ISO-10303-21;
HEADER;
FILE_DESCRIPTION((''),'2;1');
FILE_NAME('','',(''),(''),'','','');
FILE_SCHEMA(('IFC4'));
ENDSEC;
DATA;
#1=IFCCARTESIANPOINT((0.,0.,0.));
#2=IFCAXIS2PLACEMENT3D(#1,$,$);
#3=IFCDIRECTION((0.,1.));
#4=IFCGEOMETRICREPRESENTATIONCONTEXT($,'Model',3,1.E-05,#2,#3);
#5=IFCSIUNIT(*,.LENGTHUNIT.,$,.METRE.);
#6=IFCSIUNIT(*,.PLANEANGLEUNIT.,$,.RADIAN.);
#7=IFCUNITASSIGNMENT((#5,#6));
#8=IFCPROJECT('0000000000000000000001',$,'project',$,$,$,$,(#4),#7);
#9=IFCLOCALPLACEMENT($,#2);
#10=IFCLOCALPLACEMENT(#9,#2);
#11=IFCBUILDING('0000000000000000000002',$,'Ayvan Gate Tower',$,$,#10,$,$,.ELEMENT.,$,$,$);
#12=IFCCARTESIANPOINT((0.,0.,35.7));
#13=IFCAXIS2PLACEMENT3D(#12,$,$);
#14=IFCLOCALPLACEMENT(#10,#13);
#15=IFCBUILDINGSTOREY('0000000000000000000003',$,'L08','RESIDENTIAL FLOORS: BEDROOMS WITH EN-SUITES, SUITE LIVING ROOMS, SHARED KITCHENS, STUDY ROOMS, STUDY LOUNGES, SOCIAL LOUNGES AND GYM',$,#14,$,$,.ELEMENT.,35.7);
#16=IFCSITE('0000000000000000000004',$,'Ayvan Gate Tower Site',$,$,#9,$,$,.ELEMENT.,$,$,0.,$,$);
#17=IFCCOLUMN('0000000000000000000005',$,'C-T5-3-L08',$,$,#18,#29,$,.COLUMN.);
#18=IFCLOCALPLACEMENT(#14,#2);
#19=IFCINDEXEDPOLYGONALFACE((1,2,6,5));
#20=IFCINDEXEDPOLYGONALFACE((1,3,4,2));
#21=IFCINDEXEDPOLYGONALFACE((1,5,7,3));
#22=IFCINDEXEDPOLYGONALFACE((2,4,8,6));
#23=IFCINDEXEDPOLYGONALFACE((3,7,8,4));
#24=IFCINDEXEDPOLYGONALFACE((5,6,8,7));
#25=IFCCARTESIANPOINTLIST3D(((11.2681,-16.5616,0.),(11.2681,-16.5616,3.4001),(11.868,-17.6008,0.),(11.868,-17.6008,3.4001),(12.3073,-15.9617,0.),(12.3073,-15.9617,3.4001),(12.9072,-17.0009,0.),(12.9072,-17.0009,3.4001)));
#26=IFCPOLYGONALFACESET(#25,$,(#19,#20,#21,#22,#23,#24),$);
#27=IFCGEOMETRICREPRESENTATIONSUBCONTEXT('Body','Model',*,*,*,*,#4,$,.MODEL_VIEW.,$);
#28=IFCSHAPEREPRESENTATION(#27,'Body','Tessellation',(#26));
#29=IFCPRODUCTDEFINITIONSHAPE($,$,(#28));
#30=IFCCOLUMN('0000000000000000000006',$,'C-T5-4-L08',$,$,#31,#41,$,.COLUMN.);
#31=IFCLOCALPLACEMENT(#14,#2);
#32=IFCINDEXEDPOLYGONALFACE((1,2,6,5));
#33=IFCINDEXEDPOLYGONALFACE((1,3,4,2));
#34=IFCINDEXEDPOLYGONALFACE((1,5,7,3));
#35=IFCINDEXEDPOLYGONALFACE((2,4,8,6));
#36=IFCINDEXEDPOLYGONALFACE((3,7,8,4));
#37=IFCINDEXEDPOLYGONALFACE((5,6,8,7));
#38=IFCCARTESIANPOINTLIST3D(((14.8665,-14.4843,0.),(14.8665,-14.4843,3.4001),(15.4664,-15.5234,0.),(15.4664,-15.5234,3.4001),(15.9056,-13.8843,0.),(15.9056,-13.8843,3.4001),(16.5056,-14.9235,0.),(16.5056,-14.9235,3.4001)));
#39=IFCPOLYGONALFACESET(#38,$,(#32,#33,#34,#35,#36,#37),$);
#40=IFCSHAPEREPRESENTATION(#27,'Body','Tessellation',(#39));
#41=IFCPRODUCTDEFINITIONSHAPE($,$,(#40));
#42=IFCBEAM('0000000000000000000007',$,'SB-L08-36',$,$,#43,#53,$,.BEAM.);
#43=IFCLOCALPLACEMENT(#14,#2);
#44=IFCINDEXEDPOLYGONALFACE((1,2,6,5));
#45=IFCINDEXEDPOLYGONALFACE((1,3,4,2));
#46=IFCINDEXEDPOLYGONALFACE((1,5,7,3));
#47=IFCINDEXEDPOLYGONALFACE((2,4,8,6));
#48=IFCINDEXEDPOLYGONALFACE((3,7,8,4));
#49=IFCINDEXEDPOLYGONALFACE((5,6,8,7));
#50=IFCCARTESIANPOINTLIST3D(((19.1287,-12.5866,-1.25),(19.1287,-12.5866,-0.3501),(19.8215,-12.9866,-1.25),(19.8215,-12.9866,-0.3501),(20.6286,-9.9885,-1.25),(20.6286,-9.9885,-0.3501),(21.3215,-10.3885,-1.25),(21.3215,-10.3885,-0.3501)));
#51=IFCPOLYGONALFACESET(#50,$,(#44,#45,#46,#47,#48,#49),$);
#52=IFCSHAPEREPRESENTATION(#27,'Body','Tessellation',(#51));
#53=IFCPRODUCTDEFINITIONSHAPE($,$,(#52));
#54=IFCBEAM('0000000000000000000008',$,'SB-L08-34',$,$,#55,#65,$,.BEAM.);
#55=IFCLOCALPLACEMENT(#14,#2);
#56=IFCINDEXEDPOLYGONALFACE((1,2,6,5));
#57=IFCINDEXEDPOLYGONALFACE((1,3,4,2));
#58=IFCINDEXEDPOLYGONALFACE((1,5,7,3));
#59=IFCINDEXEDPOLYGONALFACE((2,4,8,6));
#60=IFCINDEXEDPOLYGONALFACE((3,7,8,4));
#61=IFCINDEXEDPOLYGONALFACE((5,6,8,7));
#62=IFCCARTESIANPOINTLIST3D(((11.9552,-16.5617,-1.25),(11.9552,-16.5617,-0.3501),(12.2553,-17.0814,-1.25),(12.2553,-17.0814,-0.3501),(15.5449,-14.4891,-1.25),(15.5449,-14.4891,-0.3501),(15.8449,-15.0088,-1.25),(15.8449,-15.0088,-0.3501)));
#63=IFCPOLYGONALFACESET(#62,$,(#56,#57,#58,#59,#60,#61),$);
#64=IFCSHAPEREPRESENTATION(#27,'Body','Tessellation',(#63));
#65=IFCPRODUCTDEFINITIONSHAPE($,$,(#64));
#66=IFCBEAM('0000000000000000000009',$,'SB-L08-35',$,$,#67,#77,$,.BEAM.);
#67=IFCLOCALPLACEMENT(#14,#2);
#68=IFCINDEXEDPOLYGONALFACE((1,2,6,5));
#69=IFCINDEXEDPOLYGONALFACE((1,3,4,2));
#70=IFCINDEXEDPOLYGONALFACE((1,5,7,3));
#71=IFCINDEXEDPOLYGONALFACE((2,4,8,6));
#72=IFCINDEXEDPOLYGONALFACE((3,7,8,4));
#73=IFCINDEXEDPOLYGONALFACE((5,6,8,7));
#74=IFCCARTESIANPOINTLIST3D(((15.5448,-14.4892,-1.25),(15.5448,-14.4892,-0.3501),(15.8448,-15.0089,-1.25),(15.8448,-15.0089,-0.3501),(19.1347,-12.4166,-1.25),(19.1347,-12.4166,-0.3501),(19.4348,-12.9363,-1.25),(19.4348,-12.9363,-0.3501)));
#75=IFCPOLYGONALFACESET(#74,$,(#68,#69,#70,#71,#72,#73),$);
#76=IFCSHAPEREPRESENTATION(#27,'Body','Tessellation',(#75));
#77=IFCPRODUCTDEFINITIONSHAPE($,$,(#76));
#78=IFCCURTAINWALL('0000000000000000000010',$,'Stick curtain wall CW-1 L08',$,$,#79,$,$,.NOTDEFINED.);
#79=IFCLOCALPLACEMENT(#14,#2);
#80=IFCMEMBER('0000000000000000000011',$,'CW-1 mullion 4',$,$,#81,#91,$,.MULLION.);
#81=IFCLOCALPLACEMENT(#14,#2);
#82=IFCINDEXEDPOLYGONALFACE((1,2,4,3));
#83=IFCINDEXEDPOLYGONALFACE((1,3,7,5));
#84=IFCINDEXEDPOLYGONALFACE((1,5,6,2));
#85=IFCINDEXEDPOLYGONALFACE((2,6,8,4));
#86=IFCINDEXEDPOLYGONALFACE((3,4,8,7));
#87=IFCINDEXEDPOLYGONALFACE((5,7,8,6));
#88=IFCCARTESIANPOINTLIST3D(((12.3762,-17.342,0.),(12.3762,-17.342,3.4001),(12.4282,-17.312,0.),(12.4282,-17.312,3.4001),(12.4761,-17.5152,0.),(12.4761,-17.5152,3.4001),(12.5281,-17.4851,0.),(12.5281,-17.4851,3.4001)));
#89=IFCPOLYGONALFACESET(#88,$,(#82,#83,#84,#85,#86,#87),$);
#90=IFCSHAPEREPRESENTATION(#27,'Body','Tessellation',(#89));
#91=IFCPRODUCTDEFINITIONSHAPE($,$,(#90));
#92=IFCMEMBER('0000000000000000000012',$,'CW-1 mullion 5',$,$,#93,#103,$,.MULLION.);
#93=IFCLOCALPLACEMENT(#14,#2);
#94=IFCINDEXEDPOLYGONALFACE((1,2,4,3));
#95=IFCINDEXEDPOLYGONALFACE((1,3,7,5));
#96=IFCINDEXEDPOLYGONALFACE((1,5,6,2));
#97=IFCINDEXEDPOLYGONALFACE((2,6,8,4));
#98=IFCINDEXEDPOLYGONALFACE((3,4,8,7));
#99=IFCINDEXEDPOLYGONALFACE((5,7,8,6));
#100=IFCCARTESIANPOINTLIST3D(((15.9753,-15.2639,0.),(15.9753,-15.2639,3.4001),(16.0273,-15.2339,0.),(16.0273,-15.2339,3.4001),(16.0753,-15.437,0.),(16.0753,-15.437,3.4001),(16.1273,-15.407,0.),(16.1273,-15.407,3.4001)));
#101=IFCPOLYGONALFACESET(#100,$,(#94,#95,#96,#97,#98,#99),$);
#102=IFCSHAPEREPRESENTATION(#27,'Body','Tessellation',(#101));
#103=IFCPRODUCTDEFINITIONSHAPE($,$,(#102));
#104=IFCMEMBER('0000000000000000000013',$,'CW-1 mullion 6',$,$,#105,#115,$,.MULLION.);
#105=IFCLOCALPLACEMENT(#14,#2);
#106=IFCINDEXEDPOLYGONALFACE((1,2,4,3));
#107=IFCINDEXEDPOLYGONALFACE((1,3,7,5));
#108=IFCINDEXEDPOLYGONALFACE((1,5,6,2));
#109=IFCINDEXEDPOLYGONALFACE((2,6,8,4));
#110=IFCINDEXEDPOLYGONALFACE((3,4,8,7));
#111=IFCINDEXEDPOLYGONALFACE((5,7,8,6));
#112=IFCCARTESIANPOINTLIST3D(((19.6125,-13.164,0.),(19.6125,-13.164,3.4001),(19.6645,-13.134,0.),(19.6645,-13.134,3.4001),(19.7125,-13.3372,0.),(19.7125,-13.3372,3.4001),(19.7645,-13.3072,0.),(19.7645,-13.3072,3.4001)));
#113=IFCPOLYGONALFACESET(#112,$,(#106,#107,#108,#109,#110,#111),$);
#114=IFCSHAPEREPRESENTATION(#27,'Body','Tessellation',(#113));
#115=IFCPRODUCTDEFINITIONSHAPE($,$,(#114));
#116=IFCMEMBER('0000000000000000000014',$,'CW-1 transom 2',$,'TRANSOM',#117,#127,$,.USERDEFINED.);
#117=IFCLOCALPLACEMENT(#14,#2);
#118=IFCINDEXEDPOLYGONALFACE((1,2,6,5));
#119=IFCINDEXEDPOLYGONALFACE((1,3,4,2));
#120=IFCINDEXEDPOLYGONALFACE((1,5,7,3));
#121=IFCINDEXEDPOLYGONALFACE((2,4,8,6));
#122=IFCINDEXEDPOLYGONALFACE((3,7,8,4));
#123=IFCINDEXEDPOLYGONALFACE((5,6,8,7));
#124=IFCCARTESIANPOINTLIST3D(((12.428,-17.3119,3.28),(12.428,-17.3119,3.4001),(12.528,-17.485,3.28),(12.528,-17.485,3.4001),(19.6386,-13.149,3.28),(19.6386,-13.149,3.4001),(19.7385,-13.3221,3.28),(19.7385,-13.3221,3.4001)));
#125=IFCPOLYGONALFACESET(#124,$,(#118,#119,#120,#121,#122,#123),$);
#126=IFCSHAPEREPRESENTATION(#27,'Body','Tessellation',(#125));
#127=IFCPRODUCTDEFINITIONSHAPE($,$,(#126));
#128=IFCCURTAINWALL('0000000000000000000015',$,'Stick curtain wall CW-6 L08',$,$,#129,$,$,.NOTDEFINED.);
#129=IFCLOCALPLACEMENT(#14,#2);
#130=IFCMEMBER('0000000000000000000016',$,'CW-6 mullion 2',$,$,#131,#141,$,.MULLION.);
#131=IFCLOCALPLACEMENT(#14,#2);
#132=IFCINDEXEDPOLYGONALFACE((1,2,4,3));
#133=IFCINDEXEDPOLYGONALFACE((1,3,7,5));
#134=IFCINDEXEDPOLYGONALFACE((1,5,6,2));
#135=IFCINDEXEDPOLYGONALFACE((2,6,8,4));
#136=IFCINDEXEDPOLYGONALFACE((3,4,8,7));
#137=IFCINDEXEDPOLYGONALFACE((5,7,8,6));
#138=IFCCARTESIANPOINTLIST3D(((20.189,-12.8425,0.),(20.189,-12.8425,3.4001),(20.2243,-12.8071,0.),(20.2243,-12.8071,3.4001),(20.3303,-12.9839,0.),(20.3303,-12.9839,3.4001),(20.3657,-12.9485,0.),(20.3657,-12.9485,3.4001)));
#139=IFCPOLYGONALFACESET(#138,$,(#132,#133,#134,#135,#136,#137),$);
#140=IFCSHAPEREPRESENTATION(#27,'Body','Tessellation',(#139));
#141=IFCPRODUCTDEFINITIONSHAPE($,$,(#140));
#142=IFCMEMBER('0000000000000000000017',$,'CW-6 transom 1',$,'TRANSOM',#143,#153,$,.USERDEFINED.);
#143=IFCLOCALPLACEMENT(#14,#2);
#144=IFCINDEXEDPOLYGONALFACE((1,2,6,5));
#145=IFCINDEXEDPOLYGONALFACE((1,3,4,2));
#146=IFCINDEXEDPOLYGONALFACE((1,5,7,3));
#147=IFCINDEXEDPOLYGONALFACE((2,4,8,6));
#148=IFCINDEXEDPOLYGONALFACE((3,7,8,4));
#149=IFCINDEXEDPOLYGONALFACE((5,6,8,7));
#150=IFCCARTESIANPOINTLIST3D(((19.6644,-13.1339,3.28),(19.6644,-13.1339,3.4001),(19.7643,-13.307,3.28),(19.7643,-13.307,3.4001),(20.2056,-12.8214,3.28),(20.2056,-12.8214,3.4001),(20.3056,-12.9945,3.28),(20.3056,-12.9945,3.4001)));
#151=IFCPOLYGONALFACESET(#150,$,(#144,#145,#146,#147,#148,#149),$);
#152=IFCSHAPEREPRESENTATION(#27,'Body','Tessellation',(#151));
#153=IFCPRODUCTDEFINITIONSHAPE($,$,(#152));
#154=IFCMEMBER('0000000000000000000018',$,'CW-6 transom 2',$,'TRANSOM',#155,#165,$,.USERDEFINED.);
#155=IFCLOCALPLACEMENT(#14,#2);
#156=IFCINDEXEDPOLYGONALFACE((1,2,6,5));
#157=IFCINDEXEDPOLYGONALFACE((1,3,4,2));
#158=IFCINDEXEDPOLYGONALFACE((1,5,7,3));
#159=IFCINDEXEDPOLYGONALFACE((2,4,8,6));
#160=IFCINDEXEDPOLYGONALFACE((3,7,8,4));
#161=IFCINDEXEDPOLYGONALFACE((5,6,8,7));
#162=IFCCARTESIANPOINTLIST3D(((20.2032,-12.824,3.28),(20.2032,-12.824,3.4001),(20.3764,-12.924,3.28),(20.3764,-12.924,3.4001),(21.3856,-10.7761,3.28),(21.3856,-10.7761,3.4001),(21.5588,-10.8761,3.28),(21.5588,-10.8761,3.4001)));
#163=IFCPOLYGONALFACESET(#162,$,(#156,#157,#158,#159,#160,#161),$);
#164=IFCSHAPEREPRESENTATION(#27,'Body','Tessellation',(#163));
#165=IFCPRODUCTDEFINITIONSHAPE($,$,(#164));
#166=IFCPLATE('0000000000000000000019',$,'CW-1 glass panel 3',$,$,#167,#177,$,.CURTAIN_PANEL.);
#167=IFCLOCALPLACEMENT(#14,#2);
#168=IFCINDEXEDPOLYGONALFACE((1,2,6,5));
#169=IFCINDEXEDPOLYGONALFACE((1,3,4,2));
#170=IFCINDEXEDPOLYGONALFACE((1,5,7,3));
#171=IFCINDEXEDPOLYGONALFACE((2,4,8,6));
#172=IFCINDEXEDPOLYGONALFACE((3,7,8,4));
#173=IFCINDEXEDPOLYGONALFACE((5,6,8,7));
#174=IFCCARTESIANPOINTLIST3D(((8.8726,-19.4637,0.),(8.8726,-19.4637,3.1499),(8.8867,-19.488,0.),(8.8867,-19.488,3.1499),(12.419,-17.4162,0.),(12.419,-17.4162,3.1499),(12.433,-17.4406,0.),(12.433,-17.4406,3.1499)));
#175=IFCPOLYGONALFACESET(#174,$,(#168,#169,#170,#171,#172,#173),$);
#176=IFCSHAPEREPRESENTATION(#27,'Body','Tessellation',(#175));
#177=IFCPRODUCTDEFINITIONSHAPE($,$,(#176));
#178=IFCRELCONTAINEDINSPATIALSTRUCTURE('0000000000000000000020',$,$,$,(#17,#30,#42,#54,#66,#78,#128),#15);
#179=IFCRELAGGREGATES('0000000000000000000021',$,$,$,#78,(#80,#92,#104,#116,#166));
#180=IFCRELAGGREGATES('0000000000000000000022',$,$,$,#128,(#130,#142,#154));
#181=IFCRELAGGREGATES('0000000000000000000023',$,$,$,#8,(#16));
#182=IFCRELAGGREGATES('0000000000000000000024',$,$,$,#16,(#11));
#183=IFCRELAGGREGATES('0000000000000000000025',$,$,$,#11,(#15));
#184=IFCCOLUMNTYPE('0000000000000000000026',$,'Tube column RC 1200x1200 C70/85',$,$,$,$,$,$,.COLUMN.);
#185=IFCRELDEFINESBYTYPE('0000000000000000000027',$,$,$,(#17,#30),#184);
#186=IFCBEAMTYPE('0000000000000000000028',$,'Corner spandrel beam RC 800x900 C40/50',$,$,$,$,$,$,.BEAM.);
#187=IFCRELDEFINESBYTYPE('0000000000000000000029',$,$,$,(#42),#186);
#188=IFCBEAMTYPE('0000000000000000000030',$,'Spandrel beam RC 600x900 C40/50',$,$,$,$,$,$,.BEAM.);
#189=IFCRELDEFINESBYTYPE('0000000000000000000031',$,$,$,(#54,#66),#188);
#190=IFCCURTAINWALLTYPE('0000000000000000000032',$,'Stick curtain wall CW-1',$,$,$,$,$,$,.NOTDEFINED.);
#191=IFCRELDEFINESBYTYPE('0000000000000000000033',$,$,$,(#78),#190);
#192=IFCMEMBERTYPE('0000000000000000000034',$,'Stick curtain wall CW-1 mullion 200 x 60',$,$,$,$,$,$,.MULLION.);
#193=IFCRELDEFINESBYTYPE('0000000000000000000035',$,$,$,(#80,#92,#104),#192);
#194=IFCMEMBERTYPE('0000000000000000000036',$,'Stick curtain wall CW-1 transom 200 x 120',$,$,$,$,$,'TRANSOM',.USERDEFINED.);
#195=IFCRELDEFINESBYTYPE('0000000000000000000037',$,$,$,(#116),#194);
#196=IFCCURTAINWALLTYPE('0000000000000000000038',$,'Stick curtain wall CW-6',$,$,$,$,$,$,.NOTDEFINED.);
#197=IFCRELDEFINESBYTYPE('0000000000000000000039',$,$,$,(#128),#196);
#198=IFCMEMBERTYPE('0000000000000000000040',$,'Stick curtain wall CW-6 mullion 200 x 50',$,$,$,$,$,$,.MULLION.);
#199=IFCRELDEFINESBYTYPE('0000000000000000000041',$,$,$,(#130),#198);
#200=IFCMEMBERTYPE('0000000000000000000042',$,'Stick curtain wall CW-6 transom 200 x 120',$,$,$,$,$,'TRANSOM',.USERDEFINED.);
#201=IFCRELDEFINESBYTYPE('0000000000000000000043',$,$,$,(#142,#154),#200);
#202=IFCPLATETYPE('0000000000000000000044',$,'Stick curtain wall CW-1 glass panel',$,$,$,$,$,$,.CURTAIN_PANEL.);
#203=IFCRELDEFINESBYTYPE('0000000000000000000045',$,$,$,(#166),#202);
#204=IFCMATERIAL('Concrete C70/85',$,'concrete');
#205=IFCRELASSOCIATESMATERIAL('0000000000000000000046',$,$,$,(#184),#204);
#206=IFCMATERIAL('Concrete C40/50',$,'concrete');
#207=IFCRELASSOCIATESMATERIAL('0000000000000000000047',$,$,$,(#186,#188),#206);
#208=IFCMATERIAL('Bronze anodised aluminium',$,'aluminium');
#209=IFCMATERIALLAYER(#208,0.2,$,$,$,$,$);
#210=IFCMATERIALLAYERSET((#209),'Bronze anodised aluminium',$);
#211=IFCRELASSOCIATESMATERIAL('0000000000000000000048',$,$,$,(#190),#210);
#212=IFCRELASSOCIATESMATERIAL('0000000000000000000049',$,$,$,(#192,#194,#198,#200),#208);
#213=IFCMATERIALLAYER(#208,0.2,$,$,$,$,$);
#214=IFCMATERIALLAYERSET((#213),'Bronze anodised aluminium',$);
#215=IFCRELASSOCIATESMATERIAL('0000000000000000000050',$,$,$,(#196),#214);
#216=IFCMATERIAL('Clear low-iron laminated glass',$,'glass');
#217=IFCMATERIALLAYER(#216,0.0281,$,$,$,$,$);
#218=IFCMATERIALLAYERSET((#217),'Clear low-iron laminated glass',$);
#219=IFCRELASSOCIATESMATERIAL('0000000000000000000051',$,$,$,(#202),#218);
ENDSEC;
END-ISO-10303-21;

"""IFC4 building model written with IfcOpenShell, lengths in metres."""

from ifc_helpers import new_model, si_unit, direction, frame, origin, origin_2d, place, context, subcontext, project, spatial, rectangle, extrude, material, layer, layer_set, material_profile, profile_set, type_object, element, aggregate, save


model = new_model("IFC4")

# Units and contexts
model_context = context("Model", 3, precision=1e-05, world=origin(), true_north=direction((0.0, 1.0)))
body_context = subcontext(model_context, "Body", "Model", "MODEL_VIEW")
ifc_project = project(units=[si_unit("LENGTHUNIT", "METRE"), si_unit("PLANEANGLEUNIT", "RADIAN")], contexts=[model_context])

# Site, building, storey
site_placement = place(None, origin())
site = spatial("IfcSite", under=ifc_project, at=site_placement, Name="Ayvan Gate Tower Site", CompositionType="ELEMENT", RefElevation=0.0)
building_placement = place(site_placement, origin())
building = spatial("IfcBuilding", under=site, at=building_placement, Name="Ayvan Gate Tower", CompositionType="ELEMENT")
storey_placement = place(building_placement, frame((0.0, 0.0, 35.7)))
storey = spatial("IfcBuildingStorey", under=building, at=storey_placement, Name="L08", Description="RESIDENTIAL FLOORS: BEDROOMS WITH EN-SUITES, SUITE LIVING ROOMS, SHARED KITCHENS, STUDY ROOMS, STUDY LOUNGES, SOCIAL LOUNGES AND GYM", CompositionType="ELEMENT", Elevation=35.7)

# Columns
ifc_material_1 = material(Name="Concrete C70/85", Category="concrete")
ifc_material_profile_1 = material_profile(ifc_material_1, rectangle(XDim=1.2, YDim=1.2, at=origin_2d()), Name="RC 1200x1200")
ifc_profile_set_1 = profile_set([ifc_material_profile_1], Name="Concrete C70/85")
column_type = type_object("IfcColumnType", Name="Tube column RC 1200x1200 C70/85", PredefinedType="COLUMN", material=ifc_profile_set_1)
for number, where, z_axis, x_axis, name in (
    (1, (12.0876, -16.7812, 0.0), (0.0, 0.0, 1.0), (0.5, -0.866025, 0.0), "C-T5-3-L08"),
    (2, (15.686, -14.7039, 0.0), (0.0, 0.0, 1.0), (0.5, -0.866025, 0.0), "C-T5-4-L08"),
):
    element("IfcColumn", number, at=place(storey_placement, frame(where, z_axis=z_axis, x_axis=x_axis)), inside=storey, type_object=column_type, Name=name, PredefinedType="COLUMN", context=body_context, shape_type="SweptSolid", body=[
        extrude(rectangle(XDim=1.2, YDim=1.2, at=origin_2d()), origin(), (0.0, 0.0, 1.0), 3.4001),
    ])

# Beams
ifc_material_2 = material(Name="Concrete C40/50", Category="concrete")
ifc_material_profile_2 = material_profile(ifc_material_2, rectangle(XDim=0.8, YDim=0.8999, at=origin_2d()), Name="RC 800x900")
ifc_profile_set_2 = profile_set([ifc_material_profile_2], Name="Concrete C40/50")
beam_type_1 = type_object("IfcBeamType", Name="Corner spandrel beam RC 800x900 C40/50", PredefinedType="BEAM", material=ifc_profile_set_2)
beam_1_placement = place(storey_placement, frame((19.4751, -12.7866, -0.8), z_axis=(0.49999, 0.866031, 0.0), x_axis=(-0.866031, 0.49999, 0.0)))
element("IfcBeam", 3, at=beam_1_placement, inside=storey, type_object=beam_type_1, Name="SB-L08-36", PredefinedType="BEAM", context=body_context, shape_type="SweptSolid", body=[
    extrude(rectangle(XDim=0.8, YDim=0.8999, at=origin_2d()), origin(), (0.0, 0.0, 1.0), 3.0),
])
ifc_material_profile_3 = material_profile(ifc_material_2, rectangle(XDim=0.6001, YDim=0.8999, at=origin_2d()), Name="RC 600x900")
ifc_profile_set_3 = profile_set([ifc_material_profile_3], Name="Concrete C40/50")
beam_type_2 = type_object("IfcBeamType", Name="Spandrel beam RC 600x900 C40/50", PredefinedType="BEAM", material=ifc_profile_set_3)
beam_2_placement = place(storey_placement, frame((12.1052, -16.8215, -0.8), z_axis=(0.86602, 0.50001, 0.0), x_axis=(-0.50001, 0.86602, 0.0)))
element("IfcBeam", 4, at=beam_2_placement, inside=storey, type_object=beam_type_2, Name="SB-L08-34", PredefinedType="BEAM", context=body_context, shape_type="SweptSolid", body=[
    extrude(rectangle(XDim=0.6001, YDim=0.8999, at=origin_2d()), origin(), (0.0, 0.0, 1.0), 4.145),
])
beam_3_placement = place(storey_placement, frame((15.6948, -14.749, -0.8), z_axis=(0.866035, 0.499984, 0.0), x_axis=(-0.499984, 0.866035, 0.0)))
element("IfcBeam", 5, at=beam_3_placement, inside=storey, type_object=beam_type_2, Name="SB-L08-35", PredefinedType="BEAM", context=body_context, shape_type="SweptSolid", body=[
    extrude(rectangle(XDim=0.6001, YDim=0.8999, at=origin_2d()), origin(), (0.0, 0.0, 1.0), 4.1453),
])

# Curtain walls, members
ifc_material_3 = material(Name="Bronze anodised aluminium", Category="aluminium")
ifc_layer_1 = layer(ifc_material_3, 0.2)
ifc_layer_set_1 = layer_set([ifc_layer_1], Name="Bronze anodised aluminium")
curtain_wall_type_1 = type_object("IfcCurtainWallType", Name="Stick curtain wall CW-1", PredefinedType="NOTDEFINED", material=ifc_layer_set_1)
curtain_wall_1_placement = place(storey_placement, origin())
curtain_wall_1 = element("IfcCurtainWall", 6, at=curtain_wall_1_placement, inside=storey, type_object=curtain_wall_type_1, Name="Stick curtain wall CW-1 L08", PredefinedType="NOTDEFINED")
ifc_material_profile_4 = material_profile(ifc_material_3, rectangle(XDim=0.2, YDim=0.0601, at=origin_2d()), Name="Stick curtain wall CW-1 mullion 200 x 60")
ifc_profile_set_4 = profile_set([ifc_material_profile_4], Name="Bronze anodised aluminium")
member_type_1 = type_object("IfcMemberType", Name="Stick curtain wall CW-1 mullion 200 x 60", PredefinedType="MULLION", material=ifc_profile_set_4)
member_1_placement = place(storey_placement, frame((12.4521, -17.4136, 0.0), z_axis=(0.0, 0.0, 1.0), x_axis=(0.5, -0.866025, 0.0)))
member_1 = element("IfcMember", 7, at=member_1_placement, type_object=member_type_1, Name="CW-1 mullion 4", PredefinedType="MULLION", context=body_context, shape_type="SweptSolid", body=[
    extrude(rectangle(XDim=0.2, YDim=0.0601, at=origin_2d()), origin(), (0.0, 0.0, 1.0), 3.4001),
])
member_2_placement = place(storey_placement, frame((16.0513, -15.3354, 0.0), z_axis=(0.0, 0.0, 1.0), x_axis=(0.5, -0.866025, 0.0)))
member_2 = element("IfcMember", 8, at=member_2_placement, type_object=member_type_1, Name="CW-1 mullion 5", PredefinedType="MULLION", context=body_context, shape_type="SweptSolid", body=[
    extrude(rectangle(XDim=0.2, YDim=0.0601, at=origin_2d()), origin(), (0.0, 0.0, 1.0), 3.4001),
])
member_3_placement = place(storey_placement, frame((19.6885, -13.2356, 0.0), z_axis=(0.0, 0.0, 1.0), x_axis=(0.5, -0.866025, 0.0)))
member_3 = element("IfcMember", 9, at=member_3_placement, type_object=member_type_1, Name="CW-1 mullion 6", PredefinedType="MULLION", context=body_context, shape_type="SweptSolid", body=[
    extrude(rectangle(XDim=0.2, YDim=0.0601, at=origin_2d()), origin(), (0.0, 0.0, 1.0), 3.4001),
])
ifc_material_profile_5 = material_profile(ifc_material_3, rectangle(XDim=0.2, YDim=0.1201, at=origin_2d()), Name="Stick curtain wall CW-1 transom 200 x 120")
ifc_profile_set_5 = profile_set([ifc_material_profile_5], Name="Bronze anodised aluminium")
member_type_2 = type_object("IfcMemberType", Name="Stick curtain wall CW-1 transom 200 x 120", ElementType="TRANSOM", PredefinedType="USERDEFINED", material=ifc_profile_set_5)
member_4_placement = place(storey_placement, frame((12.478, -17.3984, 3.3401), z_axis=(0.866031, 0.49999, 0.0), x_axis=(-0.49999, 0.866031, 0.0)))
member_4 = element("IfcMember", 10, at=member_4_placement, type_object=member_type_2, Name="CW-1 transom 2", ObjectType="TRANSOM", PredefinedType="USERDEFINED", context=body_context, shape_type="SweptSolid", body=[
    extrude(rectangle(XDim=0.2, YDim=0.1201, at=origin_2d()), origin(), (0.0, 0.0, 1.0), 8.3259),
])
ifc_layer_2 = layer(ifc_material_3, 0.2)
ifc_layer_set_2 = layer_set([ifc_layer_2], Name="Bronze anodised aluminium")
curtain_wall_type_2 = type_object("IfcCurtainWallType", Name="Stick curtain wall CW-6", PredefinedType="NOTDEFINED", material=ifc_layer_set_2)
curtain_wall_2_placement = place(storey_placement, origin())
curtain_wall_2 = element("IfcCurtainWall", 11, at=curtain_wall_2_placement, inside=storey, type_object=curtain_wall_type_2, Name="Stick curtain wall CW-6 L08", PredefinedType="NOTDEFINED")
ifc_material_profile_6 = material_profile(ifc_material_3, rectangle(XDim=0.2, YDim=0.05, at=origin_2d()), Name="Stick curtain wall CW-6 mullion 200 x 50")
ifc_profile_set_6 = profile_set([ifc_material_profile_6], Name="Bronze anodised aluminium")
member_type_3 = type_object("IfcMemberType", Name="Stick curtain wall CW-6 mullion 200 x 50", PredefinedType="MULLION", material=ifc_profile_set_6)
member_5_placement = place(storey_placement, frame((20.2773, -12.8955, 0.0), z_axis=(0.0, 0.0, 1.0), x_axis=(0.707107, -0.707107, 0.0)))
member_5 = element("IfcMember", 12, at=member_5_placement, type_object=member_type_3, Name="CW-6 mullion 2", PredefinedType="MULLION", context=body_context, shape_type="SweptSolid", body=[
    extrude(rectangle(XDim=0.2, YDim=0.05, at=origin_2d()), origin(), (0.0, 0.0, 1.0), 3.4001),
])
ifc_material_profile_7 = material_profile(ifc_material_3, rectangle(XDim=0.2, YDim=0.1201, at=origin_2d()), Name="Stick curtain wall CW-6 transom 200 x 120")
ifc_profile_set_7 = profile_set([ifc_material_profile_7], Name="Bronze anodised aluminium")
member_type_4 = type_object("IfcMemberType", Name="Stick curtain wall CW-6 transom 200 x 120", ElementType="TRANSOM", PredefinedType="USERDEFINED", material=ifc_profile_set_7)
member_6_placement = place(storey_placement, frame((19.7144, -13.2205, 3.3401), z_axis=(0.866023, 0.500004, 0.0), x_axis=(-0.500004, 0.866023, 0.0)))
member_6 = element("IfcMember", 13, at=member_6_placement, type_object=member_type_4, Name="CW-6 transom 1", ObjectType="TRANSOM", PredefinedType="USERDEFINED", context=body_context, shape_type="SweptSolid", body=[
    extrude(rectangle(XDim=0.2, YDim=0.1201, at=origin_2d()), origin(), (0.0, 0.0, 1.0), 0.625),
])
member_7_placement = place(storey_placement, frame((20.2898, -12.874, 3.3401), z_axis=(0.500014, 0.866017, 0.0), x_axis=(-0.866017, 0.500014, 0.0)))
member_7 = element("IfcMember", 14, at=member_7_placement, type_object=member_type_4, Name="CW-6 transom 2", ObjectType="TRANSOM", PredefinedType="USERDEFINED", context=body_context, shape_type="SweptSolid", body=[
    extrude(rectangle(XDim=0.2, YDim=0.1201, at=origin_2d()), origin(), (0.0, 0.0, 1.0), 2.3647),
])

# Plate
ifc_material_4 = material(Name="Clear low-iron laminated glass", Category="glass")
ifc_layer_3 = layer(ifc_material_4, 0.0281)
ifc_layer_set_3 = layer_set([ifc_layer_3], Name="Clear low-iron laminated glass")
plate_type_1 = type_object("IfcPlateType", Name="Stick curtain wall CW-1 glass panel", PredefinedType="CURTAIN_PANEL", material=ifc_layer_set_3)
plate_1_placement = place(storey_placement, frame((10.6528, -18.4521, 0.0), z_axis=(0.0, 0.0, 1.0), x_axis=(0.866025, 0.5, 0.0)))
plate_1 = element("IfcPlate", 15, at=plate_1_placement, type_object=plate_type_1, Name="CW-1 glass panel 3", PredefinedType="CURTAIN_PANEL", context=body_context, shape_type="SweptSolid", body=[
    extrude(rectangle(XDim=4.095, YDim=0.0281, at=origin_2d()), origin(), (0.0, 0.0, 1.0), 3.1499),
])
aggregate(curtain_wall_1, [member_1, member_2, member_3, member_4, plate_1])
aggregate(curtain_wall_2, [member_5, member_6, member_7])

save(model, "model.ifc")
